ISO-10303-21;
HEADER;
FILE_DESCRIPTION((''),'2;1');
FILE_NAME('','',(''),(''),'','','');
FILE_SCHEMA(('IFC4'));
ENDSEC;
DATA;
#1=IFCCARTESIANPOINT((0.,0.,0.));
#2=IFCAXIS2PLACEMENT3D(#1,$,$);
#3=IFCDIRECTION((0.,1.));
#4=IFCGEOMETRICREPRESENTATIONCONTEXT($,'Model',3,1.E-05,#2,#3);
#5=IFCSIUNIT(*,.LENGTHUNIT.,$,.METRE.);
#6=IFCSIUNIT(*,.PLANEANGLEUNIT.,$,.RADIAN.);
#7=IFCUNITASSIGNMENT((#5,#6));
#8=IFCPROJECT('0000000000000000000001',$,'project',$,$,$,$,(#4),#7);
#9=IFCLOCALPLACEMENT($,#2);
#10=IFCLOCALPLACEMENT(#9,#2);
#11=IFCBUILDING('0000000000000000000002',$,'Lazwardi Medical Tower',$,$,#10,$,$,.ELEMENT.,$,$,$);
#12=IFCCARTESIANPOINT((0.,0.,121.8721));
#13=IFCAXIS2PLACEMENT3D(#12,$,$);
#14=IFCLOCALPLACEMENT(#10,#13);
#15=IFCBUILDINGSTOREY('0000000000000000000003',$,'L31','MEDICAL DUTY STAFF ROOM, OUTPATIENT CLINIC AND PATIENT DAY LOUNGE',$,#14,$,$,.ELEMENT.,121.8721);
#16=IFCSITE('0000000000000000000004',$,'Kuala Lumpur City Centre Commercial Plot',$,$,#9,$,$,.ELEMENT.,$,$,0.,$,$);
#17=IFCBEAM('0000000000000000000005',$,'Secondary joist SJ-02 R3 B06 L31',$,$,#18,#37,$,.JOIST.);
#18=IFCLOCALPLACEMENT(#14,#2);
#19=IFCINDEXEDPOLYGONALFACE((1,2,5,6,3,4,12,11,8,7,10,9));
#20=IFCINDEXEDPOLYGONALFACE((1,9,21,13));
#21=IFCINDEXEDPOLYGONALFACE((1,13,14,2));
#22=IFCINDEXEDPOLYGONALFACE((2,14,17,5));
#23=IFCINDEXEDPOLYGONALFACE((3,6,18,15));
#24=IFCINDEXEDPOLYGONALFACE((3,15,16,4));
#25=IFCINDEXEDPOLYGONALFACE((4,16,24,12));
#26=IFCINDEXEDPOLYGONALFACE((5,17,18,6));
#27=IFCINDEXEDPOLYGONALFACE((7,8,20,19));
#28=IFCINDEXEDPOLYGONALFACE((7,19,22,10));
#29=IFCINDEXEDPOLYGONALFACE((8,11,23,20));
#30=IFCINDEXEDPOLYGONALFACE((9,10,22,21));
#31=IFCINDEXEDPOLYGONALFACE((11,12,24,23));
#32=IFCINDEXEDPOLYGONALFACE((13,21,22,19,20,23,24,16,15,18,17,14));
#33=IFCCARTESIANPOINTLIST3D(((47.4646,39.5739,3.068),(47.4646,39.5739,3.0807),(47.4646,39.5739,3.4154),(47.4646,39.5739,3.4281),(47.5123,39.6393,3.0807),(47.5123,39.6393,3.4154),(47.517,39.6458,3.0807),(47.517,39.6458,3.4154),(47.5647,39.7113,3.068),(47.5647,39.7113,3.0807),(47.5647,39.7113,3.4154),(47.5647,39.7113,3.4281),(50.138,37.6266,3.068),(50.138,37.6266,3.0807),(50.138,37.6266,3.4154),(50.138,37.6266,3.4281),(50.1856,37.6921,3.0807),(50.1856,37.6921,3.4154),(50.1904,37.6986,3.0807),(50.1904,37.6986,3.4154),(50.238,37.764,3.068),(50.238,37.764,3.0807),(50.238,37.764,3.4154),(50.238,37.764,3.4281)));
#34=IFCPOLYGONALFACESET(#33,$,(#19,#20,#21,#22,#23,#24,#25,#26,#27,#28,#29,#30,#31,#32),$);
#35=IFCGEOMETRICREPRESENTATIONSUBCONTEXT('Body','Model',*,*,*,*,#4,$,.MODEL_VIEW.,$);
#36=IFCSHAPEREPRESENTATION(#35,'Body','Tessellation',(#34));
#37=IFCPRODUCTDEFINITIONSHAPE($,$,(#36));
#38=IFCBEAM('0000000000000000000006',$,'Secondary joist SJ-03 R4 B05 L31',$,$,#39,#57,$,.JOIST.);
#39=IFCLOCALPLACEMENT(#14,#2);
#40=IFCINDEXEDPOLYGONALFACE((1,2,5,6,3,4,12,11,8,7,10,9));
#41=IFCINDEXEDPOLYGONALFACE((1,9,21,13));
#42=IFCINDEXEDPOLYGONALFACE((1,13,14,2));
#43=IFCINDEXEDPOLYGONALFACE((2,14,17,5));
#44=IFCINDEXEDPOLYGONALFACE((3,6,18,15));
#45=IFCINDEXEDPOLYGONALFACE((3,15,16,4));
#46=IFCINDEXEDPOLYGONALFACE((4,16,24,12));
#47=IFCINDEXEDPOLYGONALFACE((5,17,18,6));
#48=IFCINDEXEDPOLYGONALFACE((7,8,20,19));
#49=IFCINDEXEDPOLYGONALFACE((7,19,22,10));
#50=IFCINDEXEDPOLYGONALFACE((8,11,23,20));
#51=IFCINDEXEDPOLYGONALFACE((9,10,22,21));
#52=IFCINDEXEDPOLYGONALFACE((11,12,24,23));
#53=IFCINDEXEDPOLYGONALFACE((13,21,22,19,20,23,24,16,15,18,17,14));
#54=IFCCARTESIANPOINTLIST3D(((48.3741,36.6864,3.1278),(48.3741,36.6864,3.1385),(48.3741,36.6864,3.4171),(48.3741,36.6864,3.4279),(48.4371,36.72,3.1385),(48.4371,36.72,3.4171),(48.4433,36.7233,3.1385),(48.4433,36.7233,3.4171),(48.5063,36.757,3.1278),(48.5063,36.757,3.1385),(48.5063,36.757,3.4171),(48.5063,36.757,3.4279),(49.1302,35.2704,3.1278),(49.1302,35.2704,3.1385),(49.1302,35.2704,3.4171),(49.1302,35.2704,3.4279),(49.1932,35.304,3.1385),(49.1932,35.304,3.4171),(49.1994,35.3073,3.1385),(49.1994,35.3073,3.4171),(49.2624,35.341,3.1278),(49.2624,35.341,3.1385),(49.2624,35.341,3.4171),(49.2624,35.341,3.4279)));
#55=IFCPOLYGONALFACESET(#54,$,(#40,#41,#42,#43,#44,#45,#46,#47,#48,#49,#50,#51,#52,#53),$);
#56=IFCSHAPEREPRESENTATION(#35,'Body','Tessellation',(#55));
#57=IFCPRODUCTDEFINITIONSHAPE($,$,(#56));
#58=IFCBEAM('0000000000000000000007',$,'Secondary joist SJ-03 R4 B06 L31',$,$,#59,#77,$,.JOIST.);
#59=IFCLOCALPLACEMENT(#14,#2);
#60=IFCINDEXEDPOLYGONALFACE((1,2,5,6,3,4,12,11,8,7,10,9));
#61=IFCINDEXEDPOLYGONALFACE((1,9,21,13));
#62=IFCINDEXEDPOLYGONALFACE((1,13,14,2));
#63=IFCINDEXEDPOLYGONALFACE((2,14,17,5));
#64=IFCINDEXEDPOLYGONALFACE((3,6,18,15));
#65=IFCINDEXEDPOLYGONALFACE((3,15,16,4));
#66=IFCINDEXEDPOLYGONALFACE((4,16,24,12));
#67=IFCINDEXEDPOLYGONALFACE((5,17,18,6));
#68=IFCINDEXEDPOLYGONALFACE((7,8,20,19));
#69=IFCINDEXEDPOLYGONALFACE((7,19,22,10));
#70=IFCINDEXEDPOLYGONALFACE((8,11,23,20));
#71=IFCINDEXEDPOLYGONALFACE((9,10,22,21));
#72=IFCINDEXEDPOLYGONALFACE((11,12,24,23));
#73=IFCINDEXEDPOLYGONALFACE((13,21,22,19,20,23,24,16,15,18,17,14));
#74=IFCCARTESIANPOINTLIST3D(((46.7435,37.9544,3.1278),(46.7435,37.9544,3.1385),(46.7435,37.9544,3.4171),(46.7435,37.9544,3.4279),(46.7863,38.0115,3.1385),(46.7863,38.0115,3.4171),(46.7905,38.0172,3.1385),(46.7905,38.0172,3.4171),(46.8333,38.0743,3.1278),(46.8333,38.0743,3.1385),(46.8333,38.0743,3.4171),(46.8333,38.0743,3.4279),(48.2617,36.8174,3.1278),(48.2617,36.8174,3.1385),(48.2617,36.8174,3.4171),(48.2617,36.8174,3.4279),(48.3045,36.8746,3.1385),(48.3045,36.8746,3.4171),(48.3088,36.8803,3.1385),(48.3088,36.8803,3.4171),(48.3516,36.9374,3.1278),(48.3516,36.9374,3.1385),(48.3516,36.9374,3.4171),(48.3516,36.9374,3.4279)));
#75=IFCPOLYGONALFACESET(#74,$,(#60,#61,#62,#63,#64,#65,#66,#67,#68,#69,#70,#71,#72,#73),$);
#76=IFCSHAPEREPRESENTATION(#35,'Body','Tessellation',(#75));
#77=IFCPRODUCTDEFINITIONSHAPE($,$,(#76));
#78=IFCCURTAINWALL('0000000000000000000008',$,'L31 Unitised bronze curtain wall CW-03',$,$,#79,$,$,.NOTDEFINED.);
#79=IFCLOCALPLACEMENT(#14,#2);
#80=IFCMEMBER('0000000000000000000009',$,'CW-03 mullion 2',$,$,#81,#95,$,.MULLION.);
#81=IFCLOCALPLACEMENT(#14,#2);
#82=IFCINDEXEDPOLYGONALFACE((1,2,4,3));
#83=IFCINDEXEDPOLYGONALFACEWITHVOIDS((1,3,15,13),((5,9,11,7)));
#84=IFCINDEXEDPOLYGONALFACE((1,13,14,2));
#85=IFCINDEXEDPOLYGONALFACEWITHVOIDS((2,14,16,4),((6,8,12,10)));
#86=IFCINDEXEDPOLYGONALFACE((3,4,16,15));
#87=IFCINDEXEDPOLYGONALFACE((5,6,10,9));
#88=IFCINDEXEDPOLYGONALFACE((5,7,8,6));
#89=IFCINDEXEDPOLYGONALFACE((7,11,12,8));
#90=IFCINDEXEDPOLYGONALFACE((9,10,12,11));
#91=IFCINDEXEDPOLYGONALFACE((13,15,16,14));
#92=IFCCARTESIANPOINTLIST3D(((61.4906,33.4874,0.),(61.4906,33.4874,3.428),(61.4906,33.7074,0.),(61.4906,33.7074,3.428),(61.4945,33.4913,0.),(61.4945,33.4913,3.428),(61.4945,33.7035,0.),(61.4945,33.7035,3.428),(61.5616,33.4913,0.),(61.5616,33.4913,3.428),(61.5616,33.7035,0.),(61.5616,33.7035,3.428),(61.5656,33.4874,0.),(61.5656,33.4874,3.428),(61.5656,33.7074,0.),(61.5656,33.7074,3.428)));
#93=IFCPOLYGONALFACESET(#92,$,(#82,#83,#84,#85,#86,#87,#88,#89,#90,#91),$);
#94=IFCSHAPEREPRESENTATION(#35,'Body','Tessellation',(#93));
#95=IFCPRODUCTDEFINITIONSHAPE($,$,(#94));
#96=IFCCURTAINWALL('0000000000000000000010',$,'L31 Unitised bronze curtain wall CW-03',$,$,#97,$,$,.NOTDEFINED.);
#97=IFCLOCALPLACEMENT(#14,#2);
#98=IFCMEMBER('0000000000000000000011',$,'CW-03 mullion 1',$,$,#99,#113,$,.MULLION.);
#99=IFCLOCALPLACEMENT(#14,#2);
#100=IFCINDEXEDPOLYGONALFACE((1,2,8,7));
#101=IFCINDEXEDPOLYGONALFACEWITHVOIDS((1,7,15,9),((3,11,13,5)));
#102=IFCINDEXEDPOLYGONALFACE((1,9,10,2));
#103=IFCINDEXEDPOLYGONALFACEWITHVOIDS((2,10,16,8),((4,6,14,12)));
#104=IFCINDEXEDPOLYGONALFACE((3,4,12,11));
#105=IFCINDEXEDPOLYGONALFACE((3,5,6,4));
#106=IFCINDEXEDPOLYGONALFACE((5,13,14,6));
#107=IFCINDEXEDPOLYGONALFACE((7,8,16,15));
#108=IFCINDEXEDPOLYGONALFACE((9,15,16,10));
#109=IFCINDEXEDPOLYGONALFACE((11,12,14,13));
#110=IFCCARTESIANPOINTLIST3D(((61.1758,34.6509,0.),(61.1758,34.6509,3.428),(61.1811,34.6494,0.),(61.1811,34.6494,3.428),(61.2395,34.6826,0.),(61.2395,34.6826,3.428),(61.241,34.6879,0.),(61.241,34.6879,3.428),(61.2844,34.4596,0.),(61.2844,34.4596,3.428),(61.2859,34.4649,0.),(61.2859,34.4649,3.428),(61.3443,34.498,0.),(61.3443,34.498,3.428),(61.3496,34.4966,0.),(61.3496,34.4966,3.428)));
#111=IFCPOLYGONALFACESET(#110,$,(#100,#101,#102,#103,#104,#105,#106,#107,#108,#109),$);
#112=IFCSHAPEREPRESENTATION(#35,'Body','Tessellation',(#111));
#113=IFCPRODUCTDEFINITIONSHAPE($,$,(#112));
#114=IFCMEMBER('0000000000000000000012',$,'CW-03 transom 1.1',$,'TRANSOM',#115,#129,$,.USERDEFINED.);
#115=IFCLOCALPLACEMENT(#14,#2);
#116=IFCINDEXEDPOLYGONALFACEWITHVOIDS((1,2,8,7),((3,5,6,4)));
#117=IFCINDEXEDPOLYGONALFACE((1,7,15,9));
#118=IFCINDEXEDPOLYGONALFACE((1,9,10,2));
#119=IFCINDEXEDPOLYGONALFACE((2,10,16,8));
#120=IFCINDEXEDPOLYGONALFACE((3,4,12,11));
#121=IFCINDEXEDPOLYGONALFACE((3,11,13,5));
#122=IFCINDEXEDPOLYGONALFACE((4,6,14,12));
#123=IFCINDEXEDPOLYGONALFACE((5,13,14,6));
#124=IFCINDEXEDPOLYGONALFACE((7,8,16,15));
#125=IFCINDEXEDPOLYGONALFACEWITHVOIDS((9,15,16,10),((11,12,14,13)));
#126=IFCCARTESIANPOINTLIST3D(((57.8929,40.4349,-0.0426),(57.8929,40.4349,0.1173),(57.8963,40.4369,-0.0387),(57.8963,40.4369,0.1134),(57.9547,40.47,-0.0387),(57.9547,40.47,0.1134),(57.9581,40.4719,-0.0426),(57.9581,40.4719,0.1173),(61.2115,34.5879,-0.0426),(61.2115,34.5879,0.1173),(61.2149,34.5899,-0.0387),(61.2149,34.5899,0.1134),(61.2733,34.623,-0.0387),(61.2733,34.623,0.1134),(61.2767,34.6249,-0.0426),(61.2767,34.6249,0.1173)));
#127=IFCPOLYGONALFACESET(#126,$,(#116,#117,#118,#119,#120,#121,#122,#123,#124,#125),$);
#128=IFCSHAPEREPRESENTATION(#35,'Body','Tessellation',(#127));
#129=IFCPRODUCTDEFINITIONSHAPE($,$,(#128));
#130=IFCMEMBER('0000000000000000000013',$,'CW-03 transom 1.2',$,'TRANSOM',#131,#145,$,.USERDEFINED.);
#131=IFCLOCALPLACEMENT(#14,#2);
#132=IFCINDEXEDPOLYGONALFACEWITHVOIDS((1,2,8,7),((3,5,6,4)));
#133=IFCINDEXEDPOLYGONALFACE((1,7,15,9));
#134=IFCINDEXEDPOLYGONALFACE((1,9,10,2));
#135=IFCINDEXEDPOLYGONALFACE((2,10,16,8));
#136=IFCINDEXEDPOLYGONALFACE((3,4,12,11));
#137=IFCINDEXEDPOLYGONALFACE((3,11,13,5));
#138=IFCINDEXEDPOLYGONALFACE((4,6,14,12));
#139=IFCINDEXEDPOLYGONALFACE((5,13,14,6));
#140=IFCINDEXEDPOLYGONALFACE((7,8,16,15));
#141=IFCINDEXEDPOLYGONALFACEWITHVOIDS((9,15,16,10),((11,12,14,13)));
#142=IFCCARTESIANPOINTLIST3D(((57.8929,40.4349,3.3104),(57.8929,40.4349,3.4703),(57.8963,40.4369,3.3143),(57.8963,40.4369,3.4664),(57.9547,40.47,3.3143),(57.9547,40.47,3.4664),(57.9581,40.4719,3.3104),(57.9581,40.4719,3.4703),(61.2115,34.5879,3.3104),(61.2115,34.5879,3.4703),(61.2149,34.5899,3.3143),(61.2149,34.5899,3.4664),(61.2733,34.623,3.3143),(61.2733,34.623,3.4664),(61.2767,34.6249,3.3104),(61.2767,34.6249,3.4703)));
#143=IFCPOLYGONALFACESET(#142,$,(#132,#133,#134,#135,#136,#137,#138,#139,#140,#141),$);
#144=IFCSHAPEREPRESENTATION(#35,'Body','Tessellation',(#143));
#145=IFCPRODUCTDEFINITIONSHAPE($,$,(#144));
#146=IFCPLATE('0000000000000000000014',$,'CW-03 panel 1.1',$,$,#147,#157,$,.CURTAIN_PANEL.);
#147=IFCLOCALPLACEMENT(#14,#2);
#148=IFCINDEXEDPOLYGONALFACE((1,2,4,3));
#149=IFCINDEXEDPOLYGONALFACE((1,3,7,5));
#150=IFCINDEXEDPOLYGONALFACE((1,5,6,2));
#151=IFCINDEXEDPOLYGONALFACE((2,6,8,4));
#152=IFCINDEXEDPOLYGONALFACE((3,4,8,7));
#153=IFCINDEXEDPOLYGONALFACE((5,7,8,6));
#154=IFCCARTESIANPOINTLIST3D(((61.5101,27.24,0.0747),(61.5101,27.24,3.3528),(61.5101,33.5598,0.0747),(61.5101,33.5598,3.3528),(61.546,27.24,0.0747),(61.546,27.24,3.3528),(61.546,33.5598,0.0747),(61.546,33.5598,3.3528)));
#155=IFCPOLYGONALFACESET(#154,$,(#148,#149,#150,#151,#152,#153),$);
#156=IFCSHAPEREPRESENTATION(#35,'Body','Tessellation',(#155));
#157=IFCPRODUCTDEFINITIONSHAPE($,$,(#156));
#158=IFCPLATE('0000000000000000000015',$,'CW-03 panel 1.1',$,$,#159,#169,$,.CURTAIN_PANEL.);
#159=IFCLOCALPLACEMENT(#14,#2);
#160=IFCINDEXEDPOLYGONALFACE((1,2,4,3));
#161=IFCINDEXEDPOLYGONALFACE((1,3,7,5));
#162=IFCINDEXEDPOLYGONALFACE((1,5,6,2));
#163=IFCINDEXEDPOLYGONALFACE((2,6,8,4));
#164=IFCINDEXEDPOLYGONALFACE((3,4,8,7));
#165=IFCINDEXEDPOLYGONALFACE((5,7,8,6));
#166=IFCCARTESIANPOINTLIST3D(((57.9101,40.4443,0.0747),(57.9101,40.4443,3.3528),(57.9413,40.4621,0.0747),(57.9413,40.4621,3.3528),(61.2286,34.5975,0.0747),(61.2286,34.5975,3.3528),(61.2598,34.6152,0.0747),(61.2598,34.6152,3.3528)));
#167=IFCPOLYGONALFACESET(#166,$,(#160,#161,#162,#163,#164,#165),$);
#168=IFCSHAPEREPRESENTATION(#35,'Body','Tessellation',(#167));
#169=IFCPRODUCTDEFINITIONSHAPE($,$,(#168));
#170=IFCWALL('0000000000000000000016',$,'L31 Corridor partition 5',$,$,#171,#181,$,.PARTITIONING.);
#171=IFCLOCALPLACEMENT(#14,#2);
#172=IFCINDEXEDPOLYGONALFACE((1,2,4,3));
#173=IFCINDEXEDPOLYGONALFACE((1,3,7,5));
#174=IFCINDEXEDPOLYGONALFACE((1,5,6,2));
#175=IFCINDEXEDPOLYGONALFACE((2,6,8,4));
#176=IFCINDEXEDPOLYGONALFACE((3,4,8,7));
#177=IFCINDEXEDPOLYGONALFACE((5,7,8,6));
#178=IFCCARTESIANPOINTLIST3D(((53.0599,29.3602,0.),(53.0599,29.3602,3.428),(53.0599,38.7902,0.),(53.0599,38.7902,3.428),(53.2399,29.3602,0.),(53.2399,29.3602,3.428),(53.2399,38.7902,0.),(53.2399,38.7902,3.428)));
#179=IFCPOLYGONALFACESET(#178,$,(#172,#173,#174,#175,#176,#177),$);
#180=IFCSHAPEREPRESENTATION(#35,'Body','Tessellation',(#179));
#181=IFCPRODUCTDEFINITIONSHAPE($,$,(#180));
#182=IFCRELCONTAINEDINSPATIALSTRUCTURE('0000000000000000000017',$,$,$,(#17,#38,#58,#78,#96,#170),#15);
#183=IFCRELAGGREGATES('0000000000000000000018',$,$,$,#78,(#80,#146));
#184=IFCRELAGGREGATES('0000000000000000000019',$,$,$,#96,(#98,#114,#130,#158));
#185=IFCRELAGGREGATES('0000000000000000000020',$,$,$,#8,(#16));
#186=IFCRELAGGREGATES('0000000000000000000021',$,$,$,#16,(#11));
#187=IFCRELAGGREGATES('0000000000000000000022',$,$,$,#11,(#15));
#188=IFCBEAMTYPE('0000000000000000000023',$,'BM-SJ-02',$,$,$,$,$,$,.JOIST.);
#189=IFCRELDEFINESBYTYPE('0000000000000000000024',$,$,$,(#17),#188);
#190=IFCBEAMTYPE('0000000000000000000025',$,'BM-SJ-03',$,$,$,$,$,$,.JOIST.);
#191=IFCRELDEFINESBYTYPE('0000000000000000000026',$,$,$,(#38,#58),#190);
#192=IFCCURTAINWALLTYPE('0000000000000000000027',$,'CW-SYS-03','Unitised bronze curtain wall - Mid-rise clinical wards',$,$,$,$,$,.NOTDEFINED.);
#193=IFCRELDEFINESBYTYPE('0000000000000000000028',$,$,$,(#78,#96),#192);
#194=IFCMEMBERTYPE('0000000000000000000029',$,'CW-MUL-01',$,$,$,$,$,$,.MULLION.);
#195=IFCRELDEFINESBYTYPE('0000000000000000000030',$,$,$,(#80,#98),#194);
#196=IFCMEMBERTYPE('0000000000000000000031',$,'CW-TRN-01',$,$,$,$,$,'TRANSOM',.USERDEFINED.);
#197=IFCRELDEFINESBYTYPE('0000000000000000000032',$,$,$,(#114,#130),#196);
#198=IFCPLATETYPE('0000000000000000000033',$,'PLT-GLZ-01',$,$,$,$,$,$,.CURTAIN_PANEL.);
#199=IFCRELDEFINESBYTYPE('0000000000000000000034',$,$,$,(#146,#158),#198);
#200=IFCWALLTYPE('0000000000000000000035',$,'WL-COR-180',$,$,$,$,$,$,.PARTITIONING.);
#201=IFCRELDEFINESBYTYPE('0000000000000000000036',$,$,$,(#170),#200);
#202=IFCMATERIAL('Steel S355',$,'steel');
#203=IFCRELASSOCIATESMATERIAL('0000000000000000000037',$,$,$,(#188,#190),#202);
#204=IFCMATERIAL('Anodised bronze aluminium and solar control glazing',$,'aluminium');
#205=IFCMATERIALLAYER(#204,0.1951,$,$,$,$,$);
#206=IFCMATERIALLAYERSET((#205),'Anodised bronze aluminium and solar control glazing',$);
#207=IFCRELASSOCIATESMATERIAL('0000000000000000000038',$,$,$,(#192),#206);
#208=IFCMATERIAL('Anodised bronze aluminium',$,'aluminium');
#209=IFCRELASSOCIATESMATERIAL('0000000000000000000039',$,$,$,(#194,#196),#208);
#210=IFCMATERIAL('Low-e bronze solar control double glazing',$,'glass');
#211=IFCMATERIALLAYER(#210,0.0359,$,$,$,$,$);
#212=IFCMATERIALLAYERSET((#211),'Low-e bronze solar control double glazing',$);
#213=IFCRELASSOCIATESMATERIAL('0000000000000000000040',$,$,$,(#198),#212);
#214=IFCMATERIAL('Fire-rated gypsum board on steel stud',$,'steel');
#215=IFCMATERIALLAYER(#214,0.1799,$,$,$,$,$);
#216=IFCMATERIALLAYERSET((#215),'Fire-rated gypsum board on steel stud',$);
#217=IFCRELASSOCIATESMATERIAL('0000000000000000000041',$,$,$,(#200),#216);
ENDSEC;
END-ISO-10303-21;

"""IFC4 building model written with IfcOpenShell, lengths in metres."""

from ifc_helpers import new_model, si_unit, direction, frame, frame_2d, origin, origin_2d, place, context, subcontext, project, spatial, rectangle, hollow_rectangle, i_section, extrude, material, layer, layer_set, material_profile, profile_set, type_object, element, aggregate, save


model = new_model("IFC4")

# Units and contexts
model_context = context("Model", 3, precision=1e-05, world=origin(), true_north=direction((0.0, 1.0)))
body_context = subcontext(model_context, "Body", "Model", "MODEL_VIEW")
ifc_project = project(units=[si_unit("LENGTHUNIT", "METRE"), si_unit("PLANEANGLEUNIT", "RADIAN")], contexts=[model_context])

# Site, building, storey
site_placement = place(None, origin())
site = spatial("IfcSite", under=ifc_project, at=site_placement, Name="Kuala Lumpur City Centre Commercial Plot", CompositionType="ELEMENT", RefElevation=0.0)
building_placement = place(site_placement, origin())
building = spatial("IfcBuilding", under=site, at=building_placement, Name="Lazwardi Medical Tower", CompositionType="ELEMENT")
storey_placement = place(building_placement, frame((0.0, 0.0, 121.8721)))
storey = spatial("IfcBuildingStorey", under=building, at=storey_placement, Name="L31", Description="MEDICAL DUTY STAFF ROOM, OUTPATIENT CLINIC AND PATIENT DAY LOUNGE", CompositionType="ELEMENT", Elevation=121.8721)

# Beams
ifc_material_1 = material(Name="Steel S355", Category="steel")
ifc_material_profile_1 = material_profile(ifc_material_1, i_section(OverallWidth=0.1699, OverallDepth=0.3601, WebThickness=0.0081, FlangeThickness=0.0127, at=origin_2d()), Name="IPE 360")
ifc_profile_set_1 = profile_set([ifc_material_profile_1], Name="Steel S355")
beam_type_1 = type_object("IfcBeamType", Name="BM-SJ-02", PredefinedType="JOIST", material=ifc_profile_set_1)
beam_1_placement = place(storey_placement, frame((50.188, 37.6953, 3.248), z_axis=(-0.808302, 0.588768, 0.0), x_axis=(-0.588768, -0.808302, 0.0)))
element("IfcBeam", 1, at=beam_1_placement, inside=storey, type_object=beam_type_1, Name="Secondary joist SJ-02 R3 B06 L31", PredefinedType="JOIST", context=body_context, shape_type="SweptSolid", body=[
    extrude(i_section(OverallWidth=0.1699, OverallDepth=0.3601, WebThickness=0.0081, FlangeThickness=0.0127, at=origin_2d()), origin(), (0.0, 0.0, 1.0), 3.3074),
])
ifc_material_profile_2 = material_profile(ifc_material_1, i_section(OverallWidth=0.1499, OverallDepth=0.3, WebThickness=0.0071, FlangeThickness=0.0107, at=origin_2d()), Name="IPE 300")
ifc_profile_set_2 = profile_set([ifc_material_profile_2], Name="Steel S355")
beam_type_2 = type_object("IfcBeamType", Name="BM-SJ-03", PredefinedType="JOIST", material=ifc_profile_set_2)
beam_2_placement = place(storey_placement, frame((49.1963, 35.3057, 3.2778), z_axis=(-0.471022, 0.882121, 0.0), x_axis=(-0.882121, -0.471022, 0.0)))
element("IfcBeam", 2, at=beam_2_placement, inside=storey, type_object=beam_type_2, Name="Secondary joist SJ-03 R4 B05 L31", PredefinedType="JOIST", context=body_context, shape_type="SweptSolid", body=[
    extrude(i_section(OverallWidth=0.1499, OverallDepth=0.3, WebThickness=0.0071, FlangeThickness=0.0107, at=origin_2d()), origin(), (0.0, 0.0, 1.0), 1.6052),
])
beam_3_placement = place(storey_placement, frame((48.3066, 36.8774, 3.2778), z_axis=(-0.800448, 0.599403, 0.0), x_axis=(-0.599403, -0.800448, 0.0)))
element("IfcBeam", 3, at=beam_3_placement, inside=storey, type_object=beam_type_2, Name="Secondary joist SJ-03 R4 B06 L31", PredefinedType="JOIST", context=body_context, shape_type="SweptSolid", body=[
    extrude(i_section(OverallWidth=0.1499, OverallDepth=0.3, WebThickness=0.0071, FlangeThickness=0.0107, at=origin_2d()), origin(), (0.0, 0.0, 1.0), 1.8967),
])

# Curtain wall, member
ifc_material_2 = material(Name="Anodised bronze aluminium and solar control glazing", Category="aluminium")
ifc_layer_1 = layer(ifc_material_2, 0.1951)
ifc_layer_set_1 = layer_set([ifc_layer_1], Name="Anodised bronze aluminium and solar control glazing")
curtain_wall_type = type_object("IfcCurtainWallType", Name="CW-SYS-03", Description="Unitised bronze curtain wall - Mid-rise clinical wards", PredefinedType="NOTDEFINED", material=ifc_layer_set_1)
curtain_wall_1_placement = place(storey_placement, origin())
curtain_wall_1 = element("IfcCurtainWall", 4, at=curtain_wall_1_placement, inside=storey, type_object=curtain_wall_type, Name="L31 Unitised bronze curtain wall CW-03", PredefinedType="NOTDEFINED")
ifc_material_3 = material(Name="Anodised bronze aluminium", Category="aluminium")
ifc_material_profile_3 = material_profile(ifc_material_3, hollow_rectangle(XDim=0.075, YDim=0.22, WallThickness=0.0039, at=origin_2d()), Name="ALU-MULLION 220x75x4")
ifc_profile_set_3 = profile_set([ifc_material_profile_3], Name="Anodised bronze aluminium")
member_type_1 = type_object("IfcMemberType", Name="CW-MUL-01", PredefinedType="MULLION", material=ifc_profile_set_3)
member_1_placement = place(storey_placement, frame((61.5281, 33.5974, 0.0), z_axis=(0.0, 0.0, 1.0), x_axis=(-1.0, 0.0, 0.0)))
member_1 = element("IfcMember", 5, at=member_1_placement, type_object=member_type_1, Name="CW-03 mullion 2", PredefinedType="MULLION", context=body_context, shape_type="SweptSolid", body=[
    extrude(hollow_rectangle(XDim=0.075, YDim=0.22, WallThickness=0.0039, at=origin_2d()), origin(), (0.0, 0.0, 1.0), 3.428),
])

# Curtain wall, members
curtain_wall_2_placement = place(storey_placement, origin())
curtain_wall_2 = element("IfcCurtainWall", 6, at=curtain_wall_2_placement, inside=storey, type_object=curtain_wall_type, Name="L31 Unitised bronze curtain wall CW-03", PredefinedType="NOTDEFINED")
member_2_placement = place(storey_placement, frame((61.2627, 34.5737, 0.0), z_axis=(0.0, 0.0, 1.0), x_axis=(-0.869687, -0.493603, 0.0)))
member_2 = element("IfcMember", 7, at=member_2_placement, type_object=member_type_1, Name="CW-03 mullion 1", PredefinedType="MULLION", context=body_context, shape_type="SweptSolid", body=[
    extrude(hollow_rectangle(XDim=0.075, YDim=0.22, WallThickness=0.0039, at=origin_2d()), origin(), (0.0, 0.0, 1.0), 3.428),
])
ifc_material_profile_4 = material_profile(ifc_material_3, hollow_rectangle(XDim=0.075, YDim=0.1599, WallThickness=0.0039, at=origin_2d()), Name="ALU-TRANSOM 160x75x4")
ifc_profile_set_4 = profile_set([ifc_material_profile_4], Name="Anodised bronze aluminium")
member_type_2 = type_object("IfcMemberType", Name="CW-TRN-01", ElementType="TRANSOM", PredefinedType="USERDEFINED", material=ifc_profile_set_4)
member_3_placement = place(storey_placement, frame((61.2441, 34.6064, 0.0374), z_axis=(-0.493614, 0.869681, 0.0), x_axis=(-0.869681, -0.493614, 0.0)))
member_3 = element("IfcMember", 8, at=member_3_placement, type_object=member_type_2, Name="CW-03 transom 1.1", ObjectType="TRANSOM", PredefinedType="USERDEFINED", context=body_context, shape_type="SweptSolid", body=[
    extrude(hollow_rectangle(XDim=0.075, YDim=0.1599, WallThickness=0.0039, at=origin_2d()), origin(), (0.0, 0.0, 1.0), 6.7231),
])
member_4_placement = place(storey_placement, frame((61.2441, 34.6064, 3.3904), z_axis=(-0.493614, 0.869681, 0.0), x_axis=(-0.869681, -0.493614, 0.0)))
member_4 = element("IfcMember", 9, at=member_4_placement, type_object=member_type_2, Name="CW-03 transom 1.2", ObjectType="TRANSOM", PredefinedType="USERDEFINED", context=body_context, shape_type="SweptSolid", body=[
    extrude(hollow_rectangle(XDim=0.075, YDim=0.1599, WallThickness=0.0039, at=origin_2d()), origin(), (0.0, 0.0, 1.0), 6.7231),
])

# Plates
ifc_material_4 = material(Name="Low-e bronze solar control double glazing", Category="glass")
ifc_layer_2 = layer(ifc_material_4, 0.0359)
ifc_layer_set_2 = layer_set([ifc_layer_2], Name="Low-e bronze solar control double glazing")
plate_type = type_object("IfcPlateType", Name="PLT-GLZ-01", PredefinedType="CURTAIN_PANEL", material=ifc_layer_set_2)
plate_1_placement = place(storey_placement, frame((61.5281, 30.3999, 0.0747), z_axis=(0.0, 0.0, 1.0), x_axis=(0.0, 1.0, 0.0)))
plate_1 = element("IfcPlate", 10, at=plate_1_placement, type_object=plate_type, Name="CW-03 panel 1.1", PredefinedType="CURTAIN_PANEL", context=body_context, shape_type="SweptSolid", body=[
    extrude(rectangle(XDim=6.3198, YDim=0.0359, at=origin_2d()), origin(), (0.0, 0.0, 1.0), 3.2781),
])
aggregate(curtain_wall_1, [member_1, plate_1])
plate_2_placement = place(storey_placement, frame((59.585, 37.5298, 0.0747), z_axis=(0.0, 0.0, 1.0), x_axis=(-0.493603, 0.869687, 0.0)))
plate_2 = element("IfcPlate", 11, at=plate_2_placement, type_object=plate_type, Name="CW-03 panel 1.1", PredefinedType="CURTAIN_PANEL", context=body_context, shape_type="SweptSolid", body=[
    extrude(rectangle(XDim=6.7229, YDim=0.0359, at=origin_2d()), origin(), (0.0, 0.0, 1.0), 3.2781),
])
aggregate(curtain_wall_2, [member_2, member_3, member_4, plate_2])

# Wall
ifc_material_5 = material(Name="Fire-rated gypsum board on steel stud", Category="steel")
ifc_layer_3 = layer(ifc_material_5, 0.1799)
ifc_layer_set_3 = layer_set([ifc_layer_3], Name="Fire-rated gypsum board on steel stud")
wall_type_1 = type_object("IfcWallType", Name="WL-COR-180", PredefinedType="PARTITIONING", material=ifc_layer_set_3)
wall_1_placement = place(storey_placement, frame((53.1499, 38.79, 0.0), z_axis=(0.0, 0.0, 1.0), x_axis=(0.0, -1.0, 0.0)))
element("IfcWall", 12, at=wall_1_placement, inside=storey, type_object=wall_type_1, Name="L31 Corridor partition 5", PredefinedType="PARTITIONING", context=body_context, shape_type="SweptSolid", body=[
    extrude(rectangle(XDim=9.4299, YDim=0.1799, at=frame_2d((4.7148, 0.0))), origin(), (0.0, 0.0, 1.0), 3.428),
])

save(model, "model.ifc")
